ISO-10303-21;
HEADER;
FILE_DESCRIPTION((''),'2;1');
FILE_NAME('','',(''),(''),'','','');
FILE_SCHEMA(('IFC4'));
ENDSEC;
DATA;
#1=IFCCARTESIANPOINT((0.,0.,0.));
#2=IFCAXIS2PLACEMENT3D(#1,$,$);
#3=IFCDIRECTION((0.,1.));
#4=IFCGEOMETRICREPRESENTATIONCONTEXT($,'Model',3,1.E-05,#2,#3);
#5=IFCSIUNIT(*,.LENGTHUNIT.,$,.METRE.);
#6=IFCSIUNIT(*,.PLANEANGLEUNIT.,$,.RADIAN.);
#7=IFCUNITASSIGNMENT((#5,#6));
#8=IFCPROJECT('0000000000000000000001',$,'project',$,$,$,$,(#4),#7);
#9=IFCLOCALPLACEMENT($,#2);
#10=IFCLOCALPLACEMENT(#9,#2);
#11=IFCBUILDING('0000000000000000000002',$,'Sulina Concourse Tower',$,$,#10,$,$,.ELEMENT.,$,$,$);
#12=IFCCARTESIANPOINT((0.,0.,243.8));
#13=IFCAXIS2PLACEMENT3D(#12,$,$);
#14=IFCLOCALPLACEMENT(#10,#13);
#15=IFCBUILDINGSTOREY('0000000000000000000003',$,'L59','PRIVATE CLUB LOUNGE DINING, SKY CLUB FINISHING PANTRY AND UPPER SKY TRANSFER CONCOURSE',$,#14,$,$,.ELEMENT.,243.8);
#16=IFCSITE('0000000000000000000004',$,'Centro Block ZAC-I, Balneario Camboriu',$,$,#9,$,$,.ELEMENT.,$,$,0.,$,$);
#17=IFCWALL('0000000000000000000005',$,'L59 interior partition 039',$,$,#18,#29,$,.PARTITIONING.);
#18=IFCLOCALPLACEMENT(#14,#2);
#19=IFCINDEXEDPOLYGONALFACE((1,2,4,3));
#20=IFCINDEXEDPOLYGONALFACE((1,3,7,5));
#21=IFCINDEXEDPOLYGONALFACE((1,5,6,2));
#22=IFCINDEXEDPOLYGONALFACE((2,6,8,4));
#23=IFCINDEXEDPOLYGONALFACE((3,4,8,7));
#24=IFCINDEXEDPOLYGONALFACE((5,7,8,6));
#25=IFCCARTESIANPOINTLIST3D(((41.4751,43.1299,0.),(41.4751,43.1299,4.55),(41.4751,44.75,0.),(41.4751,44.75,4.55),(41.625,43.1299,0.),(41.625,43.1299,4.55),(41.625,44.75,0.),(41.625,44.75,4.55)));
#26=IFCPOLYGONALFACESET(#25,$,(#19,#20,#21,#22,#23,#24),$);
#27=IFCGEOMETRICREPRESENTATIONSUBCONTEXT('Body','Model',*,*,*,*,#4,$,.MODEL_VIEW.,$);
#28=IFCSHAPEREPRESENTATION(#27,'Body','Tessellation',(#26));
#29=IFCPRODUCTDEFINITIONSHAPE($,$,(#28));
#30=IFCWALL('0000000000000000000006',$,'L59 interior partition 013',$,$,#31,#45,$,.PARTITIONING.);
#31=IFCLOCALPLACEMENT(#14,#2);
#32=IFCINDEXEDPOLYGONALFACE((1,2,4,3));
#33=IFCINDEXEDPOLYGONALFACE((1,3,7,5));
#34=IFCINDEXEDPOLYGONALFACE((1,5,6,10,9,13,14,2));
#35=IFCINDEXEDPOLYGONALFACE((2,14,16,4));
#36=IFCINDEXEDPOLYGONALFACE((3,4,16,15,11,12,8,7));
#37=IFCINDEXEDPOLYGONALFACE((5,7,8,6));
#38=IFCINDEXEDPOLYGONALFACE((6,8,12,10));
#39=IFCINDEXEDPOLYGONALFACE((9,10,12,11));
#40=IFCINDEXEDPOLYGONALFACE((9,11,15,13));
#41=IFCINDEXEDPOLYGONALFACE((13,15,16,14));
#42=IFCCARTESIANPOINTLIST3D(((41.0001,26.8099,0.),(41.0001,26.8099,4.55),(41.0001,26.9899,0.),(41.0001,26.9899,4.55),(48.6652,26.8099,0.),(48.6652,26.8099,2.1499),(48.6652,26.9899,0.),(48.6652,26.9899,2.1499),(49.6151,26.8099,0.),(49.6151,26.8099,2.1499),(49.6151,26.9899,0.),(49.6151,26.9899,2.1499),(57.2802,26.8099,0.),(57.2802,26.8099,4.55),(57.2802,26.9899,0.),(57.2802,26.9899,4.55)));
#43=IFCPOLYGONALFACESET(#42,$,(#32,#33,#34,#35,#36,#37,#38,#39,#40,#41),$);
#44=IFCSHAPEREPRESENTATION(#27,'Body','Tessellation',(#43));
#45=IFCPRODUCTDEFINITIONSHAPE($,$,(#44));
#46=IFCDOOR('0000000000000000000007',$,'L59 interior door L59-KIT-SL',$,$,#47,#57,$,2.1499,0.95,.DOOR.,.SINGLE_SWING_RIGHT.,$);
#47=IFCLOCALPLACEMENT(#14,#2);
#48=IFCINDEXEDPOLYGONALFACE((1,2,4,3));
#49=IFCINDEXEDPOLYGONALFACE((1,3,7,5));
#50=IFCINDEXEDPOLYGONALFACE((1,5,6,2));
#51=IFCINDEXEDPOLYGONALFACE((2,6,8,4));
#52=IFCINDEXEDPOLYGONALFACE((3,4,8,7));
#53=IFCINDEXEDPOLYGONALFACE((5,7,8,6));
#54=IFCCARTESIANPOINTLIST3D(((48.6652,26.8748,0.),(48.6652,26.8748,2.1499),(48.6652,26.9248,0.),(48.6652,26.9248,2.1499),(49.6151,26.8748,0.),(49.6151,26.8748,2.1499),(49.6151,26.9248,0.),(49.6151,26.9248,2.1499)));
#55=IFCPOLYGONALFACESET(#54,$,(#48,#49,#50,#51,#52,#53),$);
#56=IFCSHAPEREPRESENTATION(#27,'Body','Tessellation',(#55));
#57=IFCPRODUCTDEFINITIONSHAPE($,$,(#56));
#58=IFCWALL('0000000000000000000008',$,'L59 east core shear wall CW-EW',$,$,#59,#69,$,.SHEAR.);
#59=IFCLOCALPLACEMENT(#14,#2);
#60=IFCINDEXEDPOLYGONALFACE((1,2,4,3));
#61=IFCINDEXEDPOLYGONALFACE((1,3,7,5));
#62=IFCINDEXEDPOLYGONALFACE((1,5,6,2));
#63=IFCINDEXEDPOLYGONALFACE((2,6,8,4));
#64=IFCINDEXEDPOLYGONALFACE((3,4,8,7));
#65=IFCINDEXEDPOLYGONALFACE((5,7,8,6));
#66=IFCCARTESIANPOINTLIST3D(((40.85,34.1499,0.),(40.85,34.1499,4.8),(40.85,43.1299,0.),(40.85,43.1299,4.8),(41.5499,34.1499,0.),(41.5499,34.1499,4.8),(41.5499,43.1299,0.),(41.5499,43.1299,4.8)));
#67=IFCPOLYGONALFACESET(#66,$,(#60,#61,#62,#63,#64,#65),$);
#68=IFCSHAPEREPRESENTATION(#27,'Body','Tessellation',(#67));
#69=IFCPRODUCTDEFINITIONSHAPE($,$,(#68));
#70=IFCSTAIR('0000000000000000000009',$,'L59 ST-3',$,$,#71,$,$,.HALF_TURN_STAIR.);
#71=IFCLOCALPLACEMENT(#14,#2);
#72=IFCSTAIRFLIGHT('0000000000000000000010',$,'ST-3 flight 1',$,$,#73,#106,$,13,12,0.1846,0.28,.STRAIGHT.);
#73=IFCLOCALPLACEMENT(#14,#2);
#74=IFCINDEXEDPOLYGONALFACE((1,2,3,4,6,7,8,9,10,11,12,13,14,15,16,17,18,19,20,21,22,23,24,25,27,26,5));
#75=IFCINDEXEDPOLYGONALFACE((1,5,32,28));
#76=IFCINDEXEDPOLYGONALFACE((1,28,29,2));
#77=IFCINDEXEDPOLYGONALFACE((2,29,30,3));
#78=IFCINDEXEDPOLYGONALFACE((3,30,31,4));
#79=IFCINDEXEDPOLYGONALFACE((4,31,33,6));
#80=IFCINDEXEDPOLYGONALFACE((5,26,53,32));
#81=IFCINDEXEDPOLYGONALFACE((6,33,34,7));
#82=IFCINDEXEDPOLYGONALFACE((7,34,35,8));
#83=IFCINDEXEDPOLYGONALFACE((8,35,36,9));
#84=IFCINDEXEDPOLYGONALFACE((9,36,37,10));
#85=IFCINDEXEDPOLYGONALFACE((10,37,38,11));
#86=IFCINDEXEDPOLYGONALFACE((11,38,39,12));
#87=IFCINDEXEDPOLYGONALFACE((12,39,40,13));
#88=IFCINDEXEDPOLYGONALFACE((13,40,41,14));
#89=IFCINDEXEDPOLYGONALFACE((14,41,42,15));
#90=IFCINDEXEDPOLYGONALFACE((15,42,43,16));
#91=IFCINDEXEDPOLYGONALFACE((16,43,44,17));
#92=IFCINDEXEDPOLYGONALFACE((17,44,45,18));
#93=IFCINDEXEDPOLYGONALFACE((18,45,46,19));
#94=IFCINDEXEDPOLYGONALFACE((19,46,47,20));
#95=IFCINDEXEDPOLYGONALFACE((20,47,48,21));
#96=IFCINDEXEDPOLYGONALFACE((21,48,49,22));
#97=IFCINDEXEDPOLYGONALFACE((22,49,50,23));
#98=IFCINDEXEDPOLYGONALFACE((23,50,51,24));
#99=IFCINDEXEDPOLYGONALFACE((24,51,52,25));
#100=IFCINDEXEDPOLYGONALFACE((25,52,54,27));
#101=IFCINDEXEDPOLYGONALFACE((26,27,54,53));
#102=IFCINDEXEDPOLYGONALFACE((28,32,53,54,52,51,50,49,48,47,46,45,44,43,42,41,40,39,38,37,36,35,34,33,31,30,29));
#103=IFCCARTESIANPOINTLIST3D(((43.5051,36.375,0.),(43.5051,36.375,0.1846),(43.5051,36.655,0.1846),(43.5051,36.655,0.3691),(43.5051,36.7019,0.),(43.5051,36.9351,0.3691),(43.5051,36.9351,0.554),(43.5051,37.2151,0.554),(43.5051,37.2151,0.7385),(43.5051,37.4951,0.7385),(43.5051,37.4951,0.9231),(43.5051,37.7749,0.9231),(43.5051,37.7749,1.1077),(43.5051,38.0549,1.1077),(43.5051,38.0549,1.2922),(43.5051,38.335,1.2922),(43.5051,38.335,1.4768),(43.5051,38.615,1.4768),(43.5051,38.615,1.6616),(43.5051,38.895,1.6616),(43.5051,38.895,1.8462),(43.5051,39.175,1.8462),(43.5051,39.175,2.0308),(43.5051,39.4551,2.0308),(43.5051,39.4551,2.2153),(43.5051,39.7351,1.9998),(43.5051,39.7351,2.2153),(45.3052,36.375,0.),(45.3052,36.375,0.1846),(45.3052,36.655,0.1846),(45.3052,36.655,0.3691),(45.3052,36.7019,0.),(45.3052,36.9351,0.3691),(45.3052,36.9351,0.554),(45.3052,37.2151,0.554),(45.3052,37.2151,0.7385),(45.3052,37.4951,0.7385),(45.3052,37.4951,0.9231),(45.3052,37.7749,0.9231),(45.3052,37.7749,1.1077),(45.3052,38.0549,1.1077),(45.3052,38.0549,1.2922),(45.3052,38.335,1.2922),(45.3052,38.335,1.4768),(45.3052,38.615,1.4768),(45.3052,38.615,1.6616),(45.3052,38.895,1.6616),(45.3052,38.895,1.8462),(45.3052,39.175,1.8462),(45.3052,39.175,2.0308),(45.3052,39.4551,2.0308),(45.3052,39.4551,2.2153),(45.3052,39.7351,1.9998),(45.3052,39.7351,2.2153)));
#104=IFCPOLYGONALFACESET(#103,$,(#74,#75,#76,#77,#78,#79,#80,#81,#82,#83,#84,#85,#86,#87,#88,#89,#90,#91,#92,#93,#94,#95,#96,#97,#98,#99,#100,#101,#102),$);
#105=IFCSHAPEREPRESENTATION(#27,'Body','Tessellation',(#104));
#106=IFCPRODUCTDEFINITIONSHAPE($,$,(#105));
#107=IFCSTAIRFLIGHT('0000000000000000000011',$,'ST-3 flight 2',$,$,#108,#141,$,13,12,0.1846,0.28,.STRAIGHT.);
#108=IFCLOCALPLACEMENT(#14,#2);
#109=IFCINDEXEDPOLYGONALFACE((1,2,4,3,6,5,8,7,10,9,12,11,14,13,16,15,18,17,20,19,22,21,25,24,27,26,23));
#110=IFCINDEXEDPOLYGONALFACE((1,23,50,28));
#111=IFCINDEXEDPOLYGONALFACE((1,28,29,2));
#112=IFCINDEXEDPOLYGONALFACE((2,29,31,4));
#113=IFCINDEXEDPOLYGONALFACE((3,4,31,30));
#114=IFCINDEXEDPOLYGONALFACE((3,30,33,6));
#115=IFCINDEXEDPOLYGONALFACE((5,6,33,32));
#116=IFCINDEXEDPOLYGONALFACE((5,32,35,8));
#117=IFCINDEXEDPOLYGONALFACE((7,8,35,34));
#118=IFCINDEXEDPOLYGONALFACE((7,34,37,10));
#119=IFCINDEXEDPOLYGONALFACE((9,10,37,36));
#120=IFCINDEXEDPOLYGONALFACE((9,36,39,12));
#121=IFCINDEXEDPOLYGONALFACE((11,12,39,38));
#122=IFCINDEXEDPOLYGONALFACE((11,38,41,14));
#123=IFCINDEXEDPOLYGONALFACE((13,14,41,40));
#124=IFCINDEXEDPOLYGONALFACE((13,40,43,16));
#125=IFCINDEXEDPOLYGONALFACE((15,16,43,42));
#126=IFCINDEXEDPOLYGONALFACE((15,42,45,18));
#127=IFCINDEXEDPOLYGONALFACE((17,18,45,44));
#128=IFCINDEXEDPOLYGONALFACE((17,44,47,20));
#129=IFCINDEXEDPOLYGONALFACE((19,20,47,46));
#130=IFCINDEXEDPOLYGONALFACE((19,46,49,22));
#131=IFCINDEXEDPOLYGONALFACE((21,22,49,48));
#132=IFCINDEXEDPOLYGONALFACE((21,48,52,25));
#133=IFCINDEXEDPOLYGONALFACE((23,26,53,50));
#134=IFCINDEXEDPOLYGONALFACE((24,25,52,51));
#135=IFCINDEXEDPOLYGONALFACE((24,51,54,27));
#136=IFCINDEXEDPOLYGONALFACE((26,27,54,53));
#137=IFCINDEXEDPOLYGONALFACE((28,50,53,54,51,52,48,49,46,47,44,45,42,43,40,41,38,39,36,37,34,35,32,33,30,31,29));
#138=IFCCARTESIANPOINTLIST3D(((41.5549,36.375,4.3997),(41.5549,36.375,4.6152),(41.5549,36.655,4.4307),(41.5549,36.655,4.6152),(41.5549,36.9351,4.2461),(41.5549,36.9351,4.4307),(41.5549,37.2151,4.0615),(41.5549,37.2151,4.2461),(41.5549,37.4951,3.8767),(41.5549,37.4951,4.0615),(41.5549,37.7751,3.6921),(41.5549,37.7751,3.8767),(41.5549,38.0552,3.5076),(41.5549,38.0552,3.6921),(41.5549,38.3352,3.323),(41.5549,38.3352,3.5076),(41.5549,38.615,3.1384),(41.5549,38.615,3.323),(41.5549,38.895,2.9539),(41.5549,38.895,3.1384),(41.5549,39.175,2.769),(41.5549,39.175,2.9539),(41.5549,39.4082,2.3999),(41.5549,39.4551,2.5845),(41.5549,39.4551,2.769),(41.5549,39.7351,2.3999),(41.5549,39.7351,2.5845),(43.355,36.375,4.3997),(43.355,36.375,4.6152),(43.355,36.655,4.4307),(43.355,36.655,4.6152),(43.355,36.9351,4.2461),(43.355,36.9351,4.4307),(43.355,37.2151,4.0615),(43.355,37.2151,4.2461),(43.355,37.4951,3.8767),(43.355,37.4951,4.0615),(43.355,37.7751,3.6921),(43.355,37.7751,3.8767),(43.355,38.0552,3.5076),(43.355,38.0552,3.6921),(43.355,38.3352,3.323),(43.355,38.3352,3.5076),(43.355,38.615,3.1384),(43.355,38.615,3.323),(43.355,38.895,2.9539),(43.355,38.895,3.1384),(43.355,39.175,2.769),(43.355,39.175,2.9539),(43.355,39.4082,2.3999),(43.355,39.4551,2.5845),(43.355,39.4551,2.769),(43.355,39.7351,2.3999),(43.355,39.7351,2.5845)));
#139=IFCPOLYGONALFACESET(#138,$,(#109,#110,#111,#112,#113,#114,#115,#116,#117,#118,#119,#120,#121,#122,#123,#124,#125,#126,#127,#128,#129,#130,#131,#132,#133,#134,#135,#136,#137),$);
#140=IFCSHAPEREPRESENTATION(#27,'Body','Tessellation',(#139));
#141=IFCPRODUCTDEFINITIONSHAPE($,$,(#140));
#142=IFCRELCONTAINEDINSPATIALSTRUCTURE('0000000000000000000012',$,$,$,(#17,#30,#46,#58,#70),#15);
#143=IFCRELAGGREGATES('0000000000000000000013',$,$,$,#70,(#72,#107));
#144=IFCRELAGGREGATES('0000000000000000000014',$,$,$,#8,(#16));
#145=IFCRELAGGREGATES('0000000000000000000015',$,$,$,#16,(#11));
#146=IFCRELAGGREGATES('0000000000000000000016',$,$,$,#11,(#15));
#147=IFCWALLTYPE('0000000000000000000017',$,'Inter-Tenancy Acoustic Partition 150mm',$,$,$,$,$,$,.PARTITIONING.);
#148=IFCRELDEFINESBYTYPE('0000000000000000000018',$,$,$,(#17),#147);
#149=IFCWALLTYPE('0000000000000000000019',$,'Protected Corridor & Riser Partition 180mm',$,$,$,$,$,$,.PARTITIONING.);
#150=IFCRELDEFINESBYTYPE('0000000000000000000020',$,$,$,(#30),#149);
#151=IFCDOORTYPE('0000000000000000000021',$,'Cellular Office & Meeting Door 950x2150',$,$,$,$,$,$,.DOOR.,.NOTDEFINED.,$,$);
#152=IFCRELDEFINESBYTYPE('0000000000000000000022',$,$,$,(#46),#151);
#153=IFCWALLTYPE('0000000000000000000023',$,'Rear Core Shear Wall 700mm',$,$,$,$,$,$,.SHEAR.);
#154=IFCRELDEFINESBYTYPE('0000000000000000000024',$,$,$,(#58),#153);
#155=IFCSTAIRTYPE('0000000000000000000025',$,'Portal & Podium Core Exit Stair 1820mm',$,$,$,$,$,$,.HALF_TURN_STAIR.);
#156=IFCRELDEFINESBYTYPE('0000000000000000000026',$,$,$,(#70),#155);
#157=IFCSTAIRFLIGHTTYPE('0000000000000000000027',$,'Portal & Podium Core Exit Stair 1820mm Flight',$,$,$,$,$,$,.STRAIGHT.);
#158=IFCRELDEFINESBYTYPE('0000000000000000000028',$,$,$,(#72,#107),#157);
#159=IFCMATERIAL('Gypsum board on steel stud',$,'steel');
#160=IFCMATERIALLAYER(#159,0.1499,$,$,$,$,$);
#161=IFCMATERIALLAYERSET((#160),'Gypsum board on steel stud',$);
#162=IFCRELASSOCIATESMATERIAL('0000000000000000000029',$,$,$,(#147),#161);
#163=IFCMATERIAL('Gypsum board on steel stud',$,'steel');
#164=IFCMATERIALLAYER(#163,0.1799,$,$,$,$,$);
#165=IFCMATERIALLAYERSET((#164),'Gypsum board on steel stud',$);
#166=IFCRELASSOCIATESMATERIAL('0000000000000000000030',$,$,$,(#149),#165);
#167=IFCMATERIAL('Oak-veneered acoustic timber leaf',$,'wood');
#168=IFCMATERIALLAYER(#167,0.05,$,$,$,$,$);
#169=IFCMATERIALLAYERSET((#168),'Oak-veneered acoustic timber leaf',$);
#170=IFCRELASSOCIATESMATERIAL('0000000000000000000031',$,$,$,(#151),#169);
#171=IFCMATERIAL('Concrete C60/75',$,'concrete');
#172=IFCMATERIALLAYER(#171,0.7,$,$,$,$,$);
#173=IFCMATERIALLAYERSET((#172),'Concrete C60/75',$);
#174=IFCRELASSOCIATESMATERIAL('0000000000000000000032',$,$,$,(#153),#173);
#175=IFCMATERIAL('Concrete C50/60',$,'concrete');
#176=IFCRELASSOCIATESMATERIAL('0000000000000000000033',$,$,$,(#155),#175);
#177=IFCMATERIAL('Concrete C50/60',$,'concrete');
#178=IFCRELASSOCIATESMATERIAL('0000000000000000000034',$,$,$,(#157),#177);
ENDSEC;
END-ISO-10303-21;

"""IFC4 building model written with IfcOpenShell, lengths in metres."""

from ifc_helpers import new_model, si_unit, direction, frame, frame_2d, origin, place, context, subcontext, project, spatial, polyline, rectangle, outline, extrude, material, layer, layer_set, type_object, element, fill, aggregate, save


model = new_model("IFC4")

# Units and contexts
model_context = context("Model", 3, precision=1e-05, world=origin(), true_north=direction((0.0, 1.0)))
body_context = subcontext(model_context, "Body", "Model", "MODEL_VIEW")
ifc_project = project(units=[si_unit("LENGTHUNIT", "METRE"), si_unit("PLANEANGLEUNIT", "RADIAN")], contexts=[model_context])

# Site, building, storey
site_placement = place(None, origin())
site = spatial("IfcSite", under=ifc_project, at=site_placement, Name="Centro Block ZAC-I, Balneario Camboriu", CompositionType="ELEMENT", RefElevation=0.0)
building_placement = place(site_placement, origin())
building = spatial("IfcBuilding", under=site, at=building_placement, Name="Sulina Concourse Tower", CompositionType="ELEMENT")
storey_placement = place(building_placement, frame((0.0, 0.0, 243.8)))
storey = spatial("IfcBuildingStorey", under=building, at=storey_placement, Name="L59", Description="PRIVATE CLUB LOUNGE DINING, SKY CLUB FINISHING PANTRY AND UPPER SKY TRANSFER CONCOURSE", CompositionType="ELEMENT", Elevation=243.8)

# Wall
ifc_material_1 = material(Name="Gypsum board on steel stud", Category="steel")
ifc_layer_1 = layer(ifc_material_1, 0.1499)
ifc_layer_set_1 = layer_set([ifc_layer_1], Name="Gypsum board on steel stud")
wall_type_1 = type_object("IfcWallType", Name="Inter-Tenancy Acoustic Partition 150mm", PredefinedType="PARTITIONING", material=ifc_layer_set_1)
wall_1_placement = place(storey_placement, frame((41.55, 43.1299, 0.0), z_axis=(0.0, 0.0, 1.0), x_axis=(0.0, 1.0, 0.0)))
element("IfcWall", 1, at=wall_1_placement, inside=storey, type_object=wall_type_1, Name="L59 interior partition 039", PredefinedType="PARTITIONING", context=body_context, shape_type="SweptSolid", body=[
    extrude(rectangle(XDim=1.6201, YDim=0.1499, at=frame_2d((0.8101, 0.0))), origin(), (0.0, 0.0, 1.0), 4.55),
])

# Wall, opening, door
ifc_material_2 = material(Name="Gypsum board on steel stud", Category="steel")
ifc_layer_2 = layer(ifc_material_2, 0.1799)
ifc_layer_set_2 = layer_set([ifc_layer_2], Name="Gypsum board on steel stud")
wall_type_2 = type_object("IfcWallType", Name="Protected Corridor & Riser Partition 180mm", PredefinedType="PARTITIONING", material=ifc_layer_set_2)
wall_2_placement = place(storey_placement, frame((41.0, 26.8999, 0.0), z_axis=(0.0, 0.0, 1.0), x_axis=(1.0, 0.0, 0.0)))
wall_2 = element("IfcWall", 2, at=wall_2_placement, inside=storey, type_object=wall_type_2, Name="L59 interior partition 013", PredefinedType="PARTITIONING", context=body_context, shape_type="SweptSolid", body=[
    extrude(rectangle(XDim=16.28, YDim=0.1799, at=frame_2d((8.1401, 0.0))), origin(), (0.0, 0.0, 1.0), 4.55),
])
opening_placement = place(wall_2_placement, frame((7.665, 0.0, 0.0)))
opening = element("IfcOpeningElement", 3, at=opening_placement, cuts=wall_2, PredefinedType="OPENING", context=body_context, shape_type="SweptSolid", body=[
    extrude(rectangle(XDim=0.95, YDim=2.1499, at=frame_2d((0.4751, 1.075))), frame((0.0, 0.0999, 0.0), z_axis=(0.0, -1.0, 0.0), x_axis=(1.0, 0.0, 0.0)), (0.0, 0.0, 1.0), 0.2),
])
ifc_material_3 = material(Name="Oak-veneered acoustic timber leaf", Category="wood")
ifc_layer_3 = layer(ifc_material_3, 0.05)
ifc_layer_set_3 = layer_set([ifc_layer_3], Name="Oak-veneered acoustic timber leaf")
door_type = type_object("IfcDoorType", Name="Cellular Office & Meeting Door 950x2150", OperationType="NOTDEFINED", PredefinedType="DOOR", material=ifc_layer_set_3)
door_placement = place(opening_placement, origin())
door = element("IfcDoor", 4, at=door_placement, inside=storey, type_object=door_type, Name="L59 interior door L59-KIT-SL", OperationType="SINGLE_SWING_RIGHT", OverallHeight=2.1499, OverallWidth=0.95, PredefinedType="DOOR", context=body_context, shape_type="SweptSolid", body=[
    extrude(rectangle(XDim=0.95, YDim=2.1499, at=frame_2d((0.4751, 1.075))), frame((0.0, 0.0249, 0.0), z_axis=(0.0, -1.0, 0.0), x_axis=(1.0, 0.0, 0.0)), (0.0, 0.0, 1.0), 0.05),
])
fill(opening, door)

# Wall
ifc_material_4 = material(Name="Concrete C60/75", Category="concrete")
ifc_layer_4 = layer(ifc_material_4, 0.7)
ifc_layer_set_4 = layer_set([ifc_layer_4], Name="Concrete C60/75")
wall_type_3 = type_object("IfcWallType", Name="Rear Core Shear Wall 700mm", PredefinedType="SHEAR", material=ifc_layer_set_4)
wall_3_placement = place(storey_placement, frame((41.2, 34.1499, 0.0), z_axis=(0.0, 0.0, 1.0), x_axis=(0.0, 1.0, 0.0)))
element("IfcWall", 5, at=wall_3_placement, inside=storey, type_object=wall_type_3, Name="L59 east core shear wall CW-EW", PredefinedType="SHEAR", context=body_context, shape_type="SweptSolid", body=[
    extrude(rectangle(XDim=8.98, YDim=0.7, at=frame_2d((4.49, 0.0))), origin(), (0.0, 0.0, 1.0), 4.8),
])

# Stair, stair flights
ifc_material_5 = material(Name="Concrete C50/60", Category="concrete")
stair_type = type_object("IfcStairType", Name="Portal & Podium Core Exit Stair 1820mm", PredefinedType="HALF_TURN_STAIR", material=ifc_material_5)
stair_placement = place(storey_placement, origin())
stair = element("IfcStair", 6, at=stair_placement, inside=storey, type_object=stair_type, Name="L59 ST-3", PredefinedType="HALF_TURN_STAIR")
ifc_material_6 = material(Name="Concrete C50/60", Category="concrete")
stair_flight_type = type_object("IfcStairFlightType", Name="Portal & Podium Core Exit Stair 1820mm Flight", PredefinedType="STRAIGHT", material=ifc_material_6)
stair_flight_1_placement = place(storey_placement, frame((44.405, 36.375, 0.0), z_axis=(0.0, 0.0, 1.0), x_axis=(0.0, 1.0, 0.0)))
stair_flight_1 = element("IfcStairFlight", 7, at=stair_flight_1_placement, type_object=stair_flight_type, Name="ST-3 flight 1", NumberOfRisers=13, NumberOfTreads=12, PredefinedType="STRAIGHT", RiserHeight=0.1846, TreadLength=0.28, context=body_context, shape_type="SweptSolid", body=[
    extrude(outline(polyline([(0.0, 0.0), (0.0, 0.1846), (0.28, 0.1846), (0.28, 0.3691), (0.5601, 0.3691), (0.5601, 0.554), (0.8401, 0.554), (0.8401, 0.7385), (1.1201, 0.7385), (1.1201, 0.9231), (1.3999, 0.9231), (1.3999, 1.1077), (1.6799, 1.1077), (1.6799, 1.2922), (1.96, 1.2922), (1.96, 1.4768), (2.24, 1.4768), (2.24, 1.6616), (2.52, 1.6616), (2.52, 1.8462), (2.8, 1.8462), (2.8, 2.0308), (3.0801, 2.0308), (3.0801, 2.2153), (3.3601, 2.2153), (3.3601, 2.3999), (3.3601, 1.9998), (0.3269, 0.0), (0.0, 0.0)])), frame((0.0, 0.8999, 0.0), z_axis=(0.0, -1.0, 0.0), x_axis=(1.0, 0.0, 0.0)), (0.0, 0.0, 1.0), 1.8),
])
stair_flight_2_placement = place(storey_placement, frame((42.4551, 39.7351, 2.3999), z_axis=(0.0, 0.0, 1.0), x_axis=(0.0, -1.0, 0.0)))
stair_flight_2 = element("IfcStairFlight", 8, at=stair_flight_2_placement, type_object=stair_flight_type, Name="ST-3 flight 2", NumberOfRisers=13, NumberOfTreads=12, PredefinedType="STRAIGHT", RiserHeight=0.1846, TreadLength=0.28, context=body_context, shape_type="SweptSolid", body=[
    extrude(outline(polyline([(0.0, 0.0), (0.0, 0.1846), (0.28, 0.1846), (0.28, 0.3691), (0.5601, 0.3691), (0.5601, 0.554), (0.8401, 0.554), (0.8401, 0.7385), (1.1201, 0.7385), (1.1201, 0.9231), (1.3999, 0.9231), (1.3999, 1.1077), (1.6799, 1.1077), (1.6799, 1.2922), (1.96, 1.2922), (1.96, 1.4768), (2.24, 1.4768), (2.24, 1.6616), (2.52, 1.6616), (2.52, 1.8462), (2.8, 1.8462), (2.8, 2.0308), (3.0801, 2.0308), (3.0801, 2.2153), (3.3601, 2.2153), (3.3601, 2.3999), (3.3601, 1.9998), (0.3269, 0.0), (0.0, 0.0)])), frame((0.0, 0.8999, 0.0), z_axis=(0.0, -1.0, 0.0), x_axis=(1.0, 0.0, 0.0)), (0.0, 0.0, 1.0), 1.8),
])
aggregate(stair, [stair_flight_1, stair_flight_2])

save(model, "model.ifc")
